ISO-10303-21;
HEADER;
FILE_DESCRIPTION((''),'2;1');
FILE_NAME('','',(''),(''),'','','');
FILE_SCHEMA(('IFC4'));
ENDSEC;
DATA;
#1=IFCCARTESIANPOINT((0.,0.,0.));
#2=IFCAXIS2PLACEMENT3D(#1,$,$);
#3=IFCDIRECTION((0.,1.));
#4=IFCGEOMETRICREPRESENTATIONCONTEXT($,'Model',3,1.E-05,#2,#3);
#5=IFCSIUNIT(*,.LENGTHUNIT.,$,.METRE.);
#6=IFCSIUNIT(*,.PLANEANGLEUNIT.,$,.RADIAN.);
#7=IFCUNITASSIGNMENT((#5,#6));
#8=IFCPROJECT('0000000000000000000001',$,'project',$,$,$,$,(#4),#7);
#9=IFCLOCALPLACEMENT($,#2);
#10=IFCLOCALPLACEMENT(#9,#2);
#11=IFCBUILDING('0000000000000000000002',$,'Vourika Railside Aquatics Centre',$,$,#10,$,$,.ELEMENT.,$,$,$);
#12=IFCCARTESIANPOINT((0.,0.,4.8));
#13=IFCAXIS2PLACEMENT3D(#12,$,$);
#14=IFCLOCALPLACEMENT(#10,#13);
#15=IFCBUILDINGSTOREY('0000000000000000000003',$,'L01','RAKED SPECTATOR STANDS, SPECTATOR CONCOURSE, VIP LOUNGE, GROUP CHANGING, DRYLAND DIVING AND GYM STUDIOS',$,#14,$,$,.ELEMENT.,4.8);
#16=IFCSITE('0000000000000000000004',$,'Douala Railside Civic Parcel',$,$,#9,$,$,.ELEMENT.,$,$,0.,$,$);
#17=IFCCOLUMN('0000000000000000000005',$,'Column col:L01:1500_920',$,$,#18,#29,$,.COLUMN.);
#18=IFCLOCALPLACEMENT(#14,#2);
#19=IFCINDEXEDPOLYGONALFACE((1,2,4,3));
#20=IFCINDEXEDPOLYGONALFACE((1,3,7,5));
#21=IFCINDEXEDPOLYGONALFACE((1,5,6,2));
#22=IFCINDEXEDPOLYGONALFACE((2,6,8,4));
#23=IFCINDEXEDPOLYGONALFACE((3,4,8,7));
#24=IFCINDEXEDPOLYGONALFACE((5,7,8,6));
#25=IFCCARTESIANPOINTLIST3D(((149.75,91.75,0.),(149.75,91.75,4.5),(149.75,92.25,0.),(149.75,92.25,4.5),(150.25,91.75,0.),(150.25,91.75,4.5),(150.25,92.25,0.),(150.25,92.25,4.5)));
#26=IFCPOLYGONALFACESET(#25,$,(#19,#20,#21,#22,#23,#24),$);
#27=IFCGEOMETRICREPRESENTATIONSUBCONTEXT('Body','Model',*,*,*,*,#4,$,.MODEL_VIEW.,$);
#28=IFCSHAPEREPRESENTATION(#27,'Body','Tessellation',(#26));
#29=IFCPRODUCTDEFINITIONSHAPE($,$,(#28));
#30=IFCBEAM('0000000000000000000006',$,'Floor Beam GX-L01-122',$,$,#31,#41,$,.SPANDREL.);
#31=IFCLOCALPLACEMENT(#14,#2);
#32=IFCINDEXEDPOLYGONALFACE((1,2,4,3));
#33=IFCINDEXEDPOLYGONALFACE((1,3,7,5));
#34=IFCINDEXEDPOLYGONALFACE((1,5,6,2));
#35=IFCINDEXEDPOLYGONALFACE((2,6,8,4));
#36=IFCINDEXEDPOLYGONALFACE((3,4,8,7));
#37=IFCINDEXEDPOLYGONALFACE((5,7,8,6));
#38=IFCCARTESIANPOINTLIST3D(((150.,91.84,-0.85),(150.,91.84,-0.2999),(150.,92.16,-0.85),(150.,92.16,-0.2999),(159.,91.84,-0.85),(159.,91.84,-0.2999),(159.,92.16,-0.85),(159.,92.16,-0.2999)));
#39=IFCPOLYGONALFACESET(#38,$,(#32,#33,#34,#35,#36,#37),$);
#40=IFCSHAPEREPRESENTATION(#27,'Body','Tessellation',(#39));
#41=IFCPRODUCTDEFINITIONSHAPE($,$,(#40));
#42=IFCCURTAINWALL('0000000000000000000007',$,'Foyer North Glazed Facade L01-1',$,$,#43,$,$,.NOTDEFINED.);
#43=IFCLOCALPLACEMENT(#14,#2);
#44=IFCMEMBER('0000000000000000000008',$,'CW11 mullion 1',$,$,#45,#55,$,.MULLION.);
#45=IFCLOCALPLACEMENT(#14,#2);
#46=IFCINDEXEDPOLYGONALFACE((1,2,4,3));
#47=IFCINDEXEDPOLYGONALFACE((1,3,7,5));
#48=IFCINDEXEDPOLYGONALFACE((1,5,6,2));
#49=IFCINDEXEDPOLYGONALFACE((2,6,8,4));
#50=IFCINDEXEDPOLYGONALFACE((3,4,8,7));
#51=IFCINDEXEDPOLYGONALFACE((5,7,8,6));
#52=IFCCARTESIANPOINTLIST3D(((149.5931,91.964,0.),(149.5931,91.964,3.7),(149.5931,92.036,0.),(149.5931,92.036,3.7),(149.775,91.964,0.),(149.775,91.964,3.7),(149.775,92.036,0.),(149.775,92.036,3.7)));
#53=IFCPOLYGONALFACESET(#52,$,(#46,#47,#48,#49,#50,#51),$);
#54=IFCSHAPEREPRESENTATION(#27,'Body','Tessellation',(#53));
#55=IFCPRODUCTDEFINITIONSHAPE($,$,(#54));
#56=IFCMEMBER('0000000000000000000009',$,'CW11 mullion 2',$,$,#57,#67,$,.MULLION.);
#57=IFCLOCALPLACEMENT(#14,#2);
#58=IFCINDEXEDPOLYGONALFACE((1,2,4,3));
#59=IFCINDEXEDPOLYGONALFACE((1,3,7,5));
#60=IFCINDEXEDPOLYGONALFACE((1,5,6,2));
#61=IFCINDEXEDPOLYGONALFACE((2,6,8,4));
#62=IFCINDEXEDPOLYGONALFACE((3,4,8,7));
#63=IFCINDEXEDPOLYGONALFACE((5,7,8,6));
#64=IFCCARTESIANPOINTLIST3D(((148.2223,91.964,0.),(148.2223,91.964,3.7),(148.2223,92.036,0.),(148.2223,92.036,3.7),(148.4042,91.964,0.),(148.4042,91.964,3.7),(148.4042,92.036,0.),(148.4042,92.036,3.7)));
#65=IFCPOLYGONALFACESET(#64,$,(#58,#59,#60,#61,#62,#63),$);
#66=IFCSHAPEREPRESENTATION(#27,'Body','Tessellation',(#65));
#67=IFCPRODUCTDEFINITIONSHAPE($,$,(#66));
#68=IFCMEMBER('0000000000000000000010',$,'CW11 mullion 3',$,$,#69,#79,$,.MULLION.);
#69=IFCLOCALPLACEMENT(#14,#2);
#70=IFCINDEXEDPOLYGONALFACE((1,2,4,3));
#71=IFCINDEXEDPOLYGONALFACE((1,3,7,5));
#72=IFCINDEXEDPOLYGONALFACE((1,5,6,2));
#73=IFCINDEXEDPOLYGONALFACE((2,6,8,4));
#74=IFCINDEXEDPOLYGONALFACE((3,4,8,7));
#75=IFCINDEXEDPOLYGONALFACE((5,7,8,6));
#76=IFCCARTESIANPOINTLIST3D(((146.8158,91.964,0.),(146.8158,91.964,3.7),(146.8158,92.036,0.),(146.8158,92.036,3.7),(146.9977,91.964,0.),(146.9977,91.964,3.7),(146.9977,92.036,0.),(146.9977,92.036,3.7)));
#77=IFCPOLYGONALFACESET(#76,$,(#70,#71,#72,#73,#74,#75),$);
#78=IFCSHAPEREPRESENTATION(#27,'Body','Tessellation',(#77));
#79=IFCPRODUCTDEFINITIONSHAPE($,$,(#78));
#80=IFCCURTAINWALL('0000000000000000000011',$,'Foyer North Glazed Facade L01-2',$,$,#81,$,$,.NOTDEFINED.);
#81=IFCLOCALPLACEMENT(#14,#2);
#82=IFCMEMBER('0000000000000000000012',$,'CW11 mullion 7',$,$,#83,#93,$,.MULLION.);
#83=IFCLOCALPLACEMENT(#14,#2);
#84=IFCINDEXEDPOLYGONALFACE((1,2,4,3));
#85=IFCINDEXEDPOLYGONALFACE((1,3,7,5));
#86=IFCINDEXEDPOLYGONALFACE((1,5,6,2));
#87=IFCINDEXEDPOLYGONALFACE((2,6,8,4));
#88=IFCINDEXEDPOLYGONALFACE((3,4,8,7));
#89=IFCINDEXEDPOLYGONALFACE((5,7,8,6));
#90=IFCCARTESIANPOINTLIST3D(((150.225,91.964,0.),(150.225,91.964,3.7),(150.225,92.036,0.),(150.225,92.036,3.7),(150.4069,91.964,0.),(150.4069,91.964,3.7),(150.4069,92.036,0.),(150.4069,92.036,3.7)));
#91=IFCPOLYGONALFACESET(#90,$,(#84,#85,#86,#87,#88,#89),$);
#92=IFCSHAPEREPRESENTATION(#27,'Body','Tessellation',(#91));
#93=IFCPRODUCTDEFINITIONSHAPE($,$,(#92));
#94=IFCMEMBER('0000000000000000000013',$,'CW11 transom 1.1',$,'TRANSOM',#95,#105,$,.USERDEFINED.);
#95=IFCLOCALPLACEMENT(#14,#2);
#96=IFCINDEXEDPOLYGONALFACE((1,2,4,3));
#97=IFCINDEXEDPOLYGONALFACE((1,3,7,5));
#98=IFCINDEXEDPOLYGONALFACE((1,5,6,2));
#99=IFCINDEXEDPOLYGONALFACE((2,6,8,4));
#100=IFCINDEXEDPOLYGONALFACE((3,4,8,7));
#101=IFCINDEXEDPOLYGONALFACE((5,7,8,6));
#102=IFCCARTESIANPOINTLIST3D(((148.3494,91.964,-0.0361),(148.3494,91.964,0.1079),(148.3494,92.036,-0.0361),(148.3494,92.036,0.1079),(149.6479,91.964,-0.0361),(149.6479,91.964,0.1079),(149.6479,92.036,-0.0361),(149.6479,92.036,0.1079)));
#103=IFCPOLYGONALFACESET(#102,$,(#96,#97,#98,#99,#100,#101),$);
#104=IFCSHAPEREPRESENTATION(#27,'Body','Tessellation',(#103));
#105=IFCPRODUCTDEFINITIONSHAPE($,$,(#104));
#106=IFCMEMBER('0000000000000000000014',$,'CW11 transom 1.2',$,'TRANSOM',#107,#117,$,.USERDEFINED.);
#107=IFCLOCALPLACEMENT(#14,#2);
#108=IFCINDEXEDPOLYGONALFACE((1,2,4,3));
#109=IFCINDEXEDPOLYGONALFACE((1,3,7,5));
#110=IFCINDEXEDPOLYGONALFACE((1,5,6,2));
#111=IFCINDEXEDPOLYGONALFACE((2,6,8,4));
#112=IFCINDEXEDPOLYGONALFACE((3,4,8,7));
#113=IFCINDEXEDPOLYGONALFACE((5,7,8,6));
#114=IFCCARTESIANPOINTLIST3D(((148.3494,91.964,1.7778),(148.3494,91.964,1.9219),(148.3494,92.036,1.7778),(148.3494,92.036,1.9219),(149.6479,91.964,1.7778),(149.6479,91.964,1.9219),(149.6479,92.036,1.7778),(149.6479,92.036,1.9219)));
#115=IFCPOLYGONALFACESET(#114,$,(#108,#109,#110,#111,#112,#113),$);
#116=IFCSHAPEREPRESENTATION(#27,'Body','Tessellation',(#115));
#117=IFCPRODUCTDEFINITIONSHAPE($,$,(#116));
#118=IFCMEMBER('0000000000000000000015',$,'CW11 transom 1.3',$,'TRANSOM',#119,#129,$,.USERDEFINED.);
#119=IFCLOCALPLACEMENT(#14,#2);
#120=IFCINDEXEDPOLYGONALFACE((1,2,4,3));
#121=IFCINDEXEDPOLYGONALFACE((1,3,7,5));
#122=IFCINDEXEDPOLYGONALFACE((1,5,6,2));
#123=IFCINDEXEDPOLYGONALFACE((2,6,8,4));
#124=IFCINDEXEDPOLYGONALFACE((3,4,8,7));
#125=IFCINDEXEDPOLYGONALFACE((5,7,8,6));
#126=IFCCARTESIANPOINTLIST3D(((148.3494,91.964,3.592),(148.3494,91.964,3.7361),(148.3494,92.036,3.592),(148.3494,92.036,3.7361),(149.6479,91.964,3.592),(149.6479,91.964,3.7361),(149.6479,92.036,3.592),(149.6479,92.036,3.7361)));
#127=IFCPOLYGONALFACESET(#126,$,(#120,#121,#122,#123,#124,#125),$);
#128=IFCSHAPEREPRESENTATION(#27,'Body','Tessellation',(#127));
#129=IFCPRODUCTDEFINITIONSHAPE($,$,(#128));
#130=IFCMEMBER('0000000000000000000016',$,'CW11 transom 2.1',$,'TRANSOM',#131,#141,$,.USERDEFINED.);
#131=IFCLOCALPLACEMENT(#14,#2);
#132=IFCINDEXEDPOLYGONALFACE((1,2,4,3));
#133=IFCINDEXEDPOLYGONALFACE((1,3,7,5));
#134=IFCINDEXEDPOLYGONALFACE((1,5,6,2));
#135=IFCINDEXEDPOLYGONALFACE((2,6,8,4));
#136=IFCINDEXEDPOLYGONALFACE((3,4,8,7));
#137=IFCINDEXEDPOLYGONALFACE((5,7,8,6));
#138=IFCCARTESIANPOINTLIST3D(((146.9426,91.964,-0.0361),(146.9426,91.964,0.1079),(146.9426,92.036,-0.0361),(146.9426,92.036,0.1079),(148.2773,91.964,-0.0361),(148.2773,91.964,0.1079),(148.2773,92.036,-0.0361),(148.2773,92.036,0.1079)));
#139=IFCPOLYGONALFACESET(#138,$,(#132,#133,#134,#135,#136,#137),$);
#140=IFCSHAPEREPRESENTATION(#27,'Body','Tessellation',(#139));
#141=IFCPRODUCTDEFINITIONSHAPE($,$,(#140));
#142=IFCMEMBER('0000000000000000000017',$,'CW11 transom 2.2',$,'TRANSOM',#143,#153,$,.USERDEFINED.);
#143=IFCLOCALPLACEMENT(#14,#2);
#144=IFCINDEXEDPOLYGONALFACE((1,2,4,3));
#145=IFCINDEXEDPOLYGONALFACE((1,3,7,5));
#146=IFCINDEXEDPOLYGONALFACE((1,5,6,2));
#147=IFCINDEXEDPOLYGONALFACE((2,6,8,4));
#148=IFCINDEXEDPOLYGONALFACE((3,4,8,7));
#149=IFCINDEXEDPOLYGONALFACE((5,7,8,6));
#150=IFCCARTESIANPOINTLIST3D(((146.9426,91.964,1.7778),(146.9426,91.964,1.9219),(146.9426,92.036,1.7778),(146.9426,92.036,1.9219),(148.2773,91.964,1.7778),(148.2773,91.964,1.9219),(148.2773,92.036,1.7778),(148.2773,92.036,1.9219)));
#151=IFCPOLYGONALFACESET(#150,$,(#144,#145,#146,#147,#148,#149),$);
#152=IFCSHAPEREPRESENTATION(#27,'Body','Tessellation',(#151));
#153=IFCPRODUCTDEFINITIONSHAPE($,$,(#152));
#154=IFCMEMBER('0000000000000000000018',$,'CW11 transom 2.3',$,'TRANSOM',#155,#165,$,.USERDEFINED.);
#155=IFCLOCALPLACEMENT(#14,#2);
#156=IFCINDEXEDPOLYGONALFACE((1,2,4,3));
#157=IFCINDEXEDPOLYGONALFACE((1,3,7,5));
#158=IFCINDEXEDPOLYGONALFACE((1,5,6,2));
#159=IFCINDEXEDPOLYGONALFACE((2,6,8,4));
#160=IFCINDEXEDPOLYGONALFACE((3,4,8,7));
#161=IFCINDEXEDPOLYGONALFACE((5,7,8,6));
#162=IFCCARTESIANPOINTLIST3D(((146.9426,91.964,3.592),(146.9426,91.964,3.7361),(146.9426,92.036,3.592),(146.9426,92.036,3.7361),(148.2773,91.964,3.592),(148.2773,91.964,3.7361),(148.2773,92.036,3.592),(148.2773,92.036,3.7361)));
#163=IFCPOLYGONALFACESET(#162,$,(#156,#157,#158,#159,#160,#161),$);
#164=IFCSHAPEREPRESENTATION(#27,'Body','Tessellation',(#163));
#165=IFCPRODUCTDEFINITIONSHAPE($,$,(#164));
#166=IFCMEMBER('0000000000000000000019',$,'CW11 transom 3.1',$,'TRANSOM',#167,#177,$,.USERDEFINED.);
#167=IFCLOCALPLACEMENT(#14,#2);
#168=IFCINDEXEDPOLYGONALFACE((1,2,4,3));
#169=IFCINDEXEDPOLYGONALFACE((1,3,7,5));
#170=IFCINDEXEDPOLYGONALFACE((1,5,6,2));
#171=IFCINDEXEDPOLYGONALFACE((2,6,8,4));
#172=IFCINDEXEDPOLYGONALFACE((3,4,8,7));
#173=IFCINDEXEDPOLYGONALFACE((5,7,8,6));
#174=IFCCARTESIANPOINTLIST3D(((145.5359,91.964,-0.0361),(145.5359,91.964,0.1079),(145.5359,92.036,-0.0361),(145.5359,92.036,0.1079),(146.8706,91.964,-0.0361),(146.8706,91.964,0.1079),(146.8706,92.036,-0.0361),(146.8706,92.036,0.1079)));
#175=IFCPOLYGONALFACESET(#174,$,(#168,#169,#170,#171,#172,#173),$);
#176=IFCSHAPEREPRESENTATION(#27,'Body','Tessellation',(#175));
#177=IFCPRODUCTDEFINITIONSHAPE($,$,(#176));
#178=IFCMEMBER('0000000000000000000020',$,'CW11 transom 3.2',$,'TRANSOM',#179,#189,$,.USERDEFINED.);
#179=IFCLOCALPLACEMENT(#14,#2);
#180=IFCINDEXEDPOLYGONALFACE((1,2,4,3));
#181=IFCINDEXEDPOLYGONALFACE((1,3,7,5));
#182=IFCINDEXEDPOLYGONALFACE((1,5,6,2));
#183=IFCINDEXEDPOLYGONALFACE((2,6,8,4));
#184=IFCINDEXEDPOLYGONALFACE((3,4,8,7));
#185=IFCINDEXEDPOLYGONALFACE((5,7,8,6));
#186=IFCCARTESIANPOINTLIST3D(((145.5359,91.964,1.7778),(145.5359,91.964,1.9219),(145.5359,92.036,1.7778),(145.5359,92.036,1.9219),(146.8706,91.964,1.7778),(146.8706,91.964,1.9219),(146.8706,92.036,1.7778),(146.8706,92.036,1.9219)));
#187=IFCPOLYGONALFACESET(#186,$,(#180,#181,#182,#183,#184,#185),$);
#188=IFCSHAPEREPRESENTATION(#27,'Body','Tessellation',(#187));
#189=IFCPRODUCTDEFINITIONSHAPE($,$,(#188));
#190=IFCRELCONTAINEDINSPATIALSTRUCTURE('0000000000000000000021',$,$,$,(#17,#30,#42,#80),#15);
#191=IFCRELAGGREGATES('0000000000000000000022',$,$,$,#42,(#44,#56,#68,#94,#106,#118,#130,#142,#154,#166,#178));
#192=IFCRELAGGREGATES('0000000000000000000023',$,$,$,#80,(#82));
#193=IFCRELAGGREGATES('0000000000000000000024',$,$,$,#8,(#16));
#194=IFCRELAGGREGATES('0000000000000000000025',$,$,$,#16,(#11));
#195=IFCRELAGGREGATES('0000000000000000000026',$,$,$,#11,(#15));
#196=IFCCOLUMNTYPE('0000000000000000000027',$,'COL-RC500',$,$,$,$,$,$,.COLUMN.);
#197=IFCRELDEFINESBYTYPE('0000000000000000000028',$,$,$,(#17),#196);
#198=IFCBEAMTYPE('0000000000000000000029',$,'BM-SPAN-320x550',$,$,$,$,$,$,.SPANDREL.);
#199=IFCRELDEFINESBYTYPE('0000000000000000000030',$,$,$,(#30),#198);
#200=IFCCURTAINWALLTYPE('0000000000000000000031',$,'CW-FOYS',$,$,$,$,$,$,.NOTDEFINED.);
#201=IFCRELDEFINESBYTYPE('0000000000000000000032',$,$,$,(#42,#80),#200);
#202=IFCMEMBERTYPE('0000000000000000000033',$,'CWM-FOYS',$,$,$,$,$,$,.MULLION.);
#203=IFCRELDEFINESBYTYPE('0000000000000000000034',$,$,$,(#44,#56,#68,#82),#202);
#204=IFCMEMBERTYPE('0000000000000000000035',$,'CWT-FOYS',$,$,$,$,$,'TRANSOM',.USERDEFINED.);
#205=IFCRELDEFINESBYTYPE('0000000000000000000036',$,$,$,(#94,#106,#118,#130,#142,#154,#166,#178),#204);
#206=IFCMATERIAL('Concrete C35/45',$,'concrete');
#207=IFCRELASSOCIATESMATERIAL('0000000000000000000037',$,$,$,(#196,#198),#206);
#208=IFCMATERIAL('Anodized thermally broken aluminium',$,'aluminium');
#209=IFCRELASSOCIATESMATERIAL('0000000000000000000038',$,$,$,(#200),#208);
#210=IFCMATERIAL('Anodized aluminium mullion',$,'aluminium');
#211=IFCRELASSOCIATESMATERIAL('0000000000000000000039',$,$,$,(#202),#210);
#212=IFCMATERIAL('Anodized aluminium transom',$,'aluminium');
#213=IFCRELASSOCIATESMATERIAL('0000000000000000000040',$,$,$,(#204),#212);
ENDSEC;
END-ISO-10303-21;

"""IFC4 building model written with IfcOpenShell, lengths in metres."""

from ifc_helpers import new_model, si_unit, direction, frame, origin, origin_2d, place, context, subcontext, project, spatial, rectangle, extrude, material, material_profile, profile_set, type_object, element, aggregate, save


model = new_model("IFC4")

# Units and contexts
model_context = context("Model", 3, precision=1e-05, world=origin(), true_north=direction((0.0, 1.0)))
body_context = subcontext(model_context, "Body", "Model", "MODEL_VIEW")
ifc_project = project(units=[si_unit("LENGTHUNIT", "METRE"), si_unit("PLANEANGLEUNIT", "RADIAN")], contexts=[model_context])

# Site, building, storey
site_placement = place(None, origin())
site = spatial("IfcSite", under=ifc_project, at=site_placement, Name="Douala Railside Civic Parcel", CompositionType="ELEMENT", RefElevation=0.0)
building_placement = place(site_placement, origin())
building = spatial("IfcBuilding", under=site, at=building_placement, Name="Vourika Railside Aquatics Centre", CompositionType="ELEMENT")
storey_placement = place(building_placement, frame((0.0, 0.0, 4.8)))
storey = spatial("IfcBuildingStorey", under=building, at=storey_placement, Name="L01", Description="RAKED SPECTATOR STANDS, SPECTATOR CONCOURSE, VIP LOUNGE, GROUP CHANGING, DRYLAND DIVING AND GYM STUDIOS", CompositionType="ELEMENT", Elevation=4.8)

# Column
ifc_material_1 = material(Name="Concrete C35/45", Category="concrete")
ifc_material_profile_1 = material_profile(ifc_material_1, rectangle(XDim=0.5, YDim=0.5, at=origin_2d()), Name="RC 500x500")
ifc_profile_set_1 = profile_set([ifc_material_profile_1], Name="Concrete C35/45")
column_type = type_object("IfcColumnType", Name="COL-RC500", PredefinedType="COLUMN", material=ifc_profile_set_1)
column_placement = place(storey_placement, frame((150.0, 92.0, 0.0), z_axis=(0.0, 0.0, 1.0), x_axis=(1.0, 0.0, 0.0)))
element("IfcColumn", 1, at=column_placement, inside=storey, type_object=column_type, Name="Column col:L01:1500_920", PredefinedType="COLUMN", context=body_context, shape_type="SweptSolid", body=[
    extrude(rectangle(XDim=0.5, YDim=0.5, at=origin_2d()), origin(), (0.0, 0.0, 1.0), 4.5),
])

# Beam
ifc_material_profile_2 = material_profile(ifc_material_1, rectangle(XDim=0.3201, YDim=0.55, at=origin_2d()), Name="RC 320x550")
ifc_profile_set_2 = profile_set([ifc_material_profile_2], Name="Concrete C35/45")
beam_type = type_object("IfcBeamType", Name="BM-SPAN-320x550", PredefinedType="SPANDREL", material=ifc_profile_set_2)
beam_placement = place(storey_placement, frame((150.0, 92.0, -0.575), z_axis=(1.0, 0.0, 0.0), x_axis=(0.0, 1.0, 0.0)))
element("IfcBeam", 2, at=beam_placement, inside=storey, type_object=beam_type, Name="Floor Beam GX-L01-122", PredefinedType="SPANDREL", context=body_context, shape_type="SweptSolid", body=[
    extrude(rectangle(XDim=0.3201, YDim=0.55, at=origin_2d()), origin(), (0.0, 0.0, 1.0), 9.0),
])

# Curtain wall, members
ifc_material_2 = material(Name="Anodized thermally broken aluminium", Category="aluminium")
curtain_wall_type = type_object("IfcCurtainWallType", Name="CW-FOYS", PredefinedType="NOTDEFINED", material=ifc_material_2)
curtain_wall_1_placement = place(storey_placement, origin())
curtain_wall_1 = element("IfcCurtainWall", 3, at=curtain_wall_1_placement, inside=storey, type_object=curtain_wall_type, Name="Foyer North Glazed Facade L01-1", PredefinedType="NOTDEFINED")
ifc_material_3 = material(Name="Anodized aluminium mullion", Category="aluminium")
ifc_material_profile_3 = material_profile(ifc_material_3, rectangle(XDim=0.072, YDim=0.1819, at=origin_2d()), Name="ALU-M 72x182")
ifc_profile_set_3 = profile_set([ifc_material_profile_3], Name="Anodized aluminium mullion")
member_type_1 = type_object("IfcMemberType", Name="CWM-FOYS", PredefinedType="MULLION", material=ifc_profile_set_3)
member_1_placement = place(storey_placement, frame((149.6841, 92.0, 0.0), z_axis=(0.0, 0.0, 1.0), x_axis=(0.0, -1.0, 0.0)))
member_1 = element("IfcMember", 4, at=member_1_placement, type_object=member_type_1, Name="CW11 mullion 1", PredefinedType="MULLION", context=body_context, shape_type="SweptSolid", body=[
    extrude(rectangle(XDim=0.072, YDim=0.1819, at=origin_2d()), origin(), (0.0, 0.0, 1.0), 3.7),
])
member_2_placement = place(storey_placement, frame((148.3132, 92.0, 0.0), z_axis=(0.0, 0.0, 1.0), x_axis=(0.0, -1.0, 0.0)))
member_2 = element("IfcMember", 5, at=member_2_placement, type_object=member_type_1, Name="CW11 mullion 2", PredefinedType="MULLION", context=body_context, shape_type="SweptSolid", body=[
    extrude(rectangle(XDim=0.072, YDim=0.1819, at=origin_2d()), origin(), (0.0, 0.0, 1.0), 3.7),
])
member_3_placement = place(storey_placement, frame((146.9067, 92.0, 0.0), z_axis=(0.0, 0.0, 1.0), x_axis=(0.0, -1.0, 0.0)))
member_3 = element("IfcMember", 6, at=member_3_placement, type_object=member_type_1, Name="CW11 mullion 3", PredefinedType="MULLION", context=body_context, shape_type="SweptSolid", body=[
    extrude(rectangle(XDim=0.072, YDim=0.1819, at=origin_2d()), origin(), (0.0, 0.0, 1.0), 3.7),
])

# Curtain wall, member
curtain_wall_2_placement = place(storey_placement, origin())
curtain_wall_2 = element("IfcCurtainWall", 7, at=curtain_wall_2_placement, inside=storey, type_object=curtain_wall_type, Name="Foyer North Glazed Facade L01-2", PredefinedType="NOTDEFINED")
member_4_placement = place(storey_placement, frame((150.3159, 92.0, 0.0), z_axis=(0.0, 0.0, 1.0), x_axis=(0.0, -1.0, 0.0)))
member_4 = element("IfcMember", 8, at=member_4_placement, type_object=member_type_1, Name="CW11 mullion 7", PredefinedType="MULLION", context=body_context, shape_type="SweptSolid", body=[
    extrude(rectangle(XDim=0.072, YDim=0.1819, at=origin_2d()), origin(), (0.0, 0.0, 1.0), 3.7),
])

# Members
ifc_material_4 = material(Name="Anodized aluminium transom", Category="aluminium")
ifc_material_profile_4 = material_profile(ifc_material_4, rectangle(XDim=0.072, YDim=0.144, at=origin_2d()), Name="ALU-T 72x144")
ifc_profile_set_4 = profile_set([ifc_material_profile_4], Name="Anodized aluminium transom")
member_type_2 = type_object("IfcMemberType", Name="CWT-FOYS", ElementType="TRANSOM", PredefinedType="USERDEFINED", material=ifc_profile_set_4)
member_5_placement = place(storey_placement, frame((149.6479, 92.0, 0.0359), z_axis=(-1.0, 0.0, 0.0), x_axis=(0.0, -1.0, 0.0)))
member_5 = element("IfcMember", 9, at=member_5_placement, type_object=member_type_2, Name="CW11 transom 1.1", ObjectType="TRANSOM", PredefinedType="USERDEFINED", context=body_context, shape_type="SweptSolid", body=[
    extrude(rectangle(XDim=0.072, YDim=0.144, at=origin_2d()), origin(), (0.0, 0.0, 1.0), 1.2986),
])
member_6_placement = place(storey_placement, frame((149.6479, 92.0, 1.8499), z_axis=(-1.0, 0.0, 0.0), x_axis=(0.0, -1.0, 0.0)))
member_6 = element("IfcMember", 10, at=member_6_placement, type_object=member_type_2, Name="CW11 transom 1.2", ObjectType="TRANSOM", PredefinedType="USERDEFINED", context=body_context, shape_type="SweptSolid", body=[
    extrude(rectangle(XDim=0.072, YDim=0.144, at=origin_2d()), origin(), (0.0, 0.0, 1.0), 1.2986),
])
member_7_placement = place(storey_placement, frame((149.6479, 92.0, 3.6641), z_axis=(-1.0, 0.0, 0.0), x_axis=(0.0, -1.0, 0.0)))
member_7 = element("IfcMember", 11, at=member_7_placement, type_object=member_type_2, Name="CW11 transom 1.3", ObjectType="TRANSOM", PredefinedType="USERDEFINED", context=body_context, shape_type="SweptSolid", body=[
    extrude(rectangle(XDim=0.072, YDim=0.144, at=origin_2d()), origin(), (0.0, 0.0, 1.0), 1.2986),
])
member_8_placement = place(storey_placement, frame((148.2773, 92.0, 0.0359), z_axis=(-1.0, 0.0, 0.0), x_axis=(0.0, -1.0, 0.0)))
member_8 = element("IfcMember", 12, at=member_8_placement, type_object=member_type_2, Name="CW11 transom 2.1", ObjectType="TRANSOM", PredefinedType="USERDEFINED", context=body_context, shape_type="SweptSolid", body=[
    extrude(rectangle(XDim=0.072, YDim=0.144, at=origin_2d()), origin(), (0.0, 0.0, 1.0), 1.3347),
])
member_9_placement = place(storey_placement, frame((148.2773, 92.0, 1.8499), z_axis=(-1.0, 0.0, 0.0), x_axis=(0.0, -1.0, 0.0)))
member_9 = element("IfcMember", 13, at=member_9_placement, type_object=member_type_2, Name="CW11 transom 2.2", ObjectType="TRANSOM", PredefinedType="USERDEFINED", context=body_context, shape_type="SweptSolid", body=[
    extrude(rectangle(XDim=0.072, YDim=0.144, at=origin_2d()), origin(), (0.0, 0.0, 1.0), 1.3347),
])
member_10_placement = place(storey_placement, frame((148.2773, 92.0, 3.6641), z_axis=(-1.0, 0.0, 0.0), x_axis=(0.0, -1.0, 0.0)))
member_10 = element("IfcMember", 14, at=member_10_placement, type_object=member_type_2, Name="CW11 transom 2.3", ObjectType="TRANSOM", PredefinedType="USERDEFINED", context=body_context, shape_type="SweptSolid", body=[
    extrude(rectangle(XDim=0.072, YDim=0.144, at=origin_2d()), origin(), (0.0, 0.0, 1.0), 1.3347),
])
member_11_placement = place(storey_placement, frame((146.8706, 92.0, 0.0359), z_axis=(-1.0, 0.0, 0.0), x_axis=(0.0, -1.0, 0.0)))
member_11 = element("IfcMember", 15, at=member_11_placement, type_object=member_type_2, Name="CW11 transom 3.1", ObjectType="TRANSOM", PredefinedType="USERDEFINED", context=body_context, shape_type="SweptSolid", body=[
    extrude(rectangle(XDim=0.072, YDim=0.144, at=origin_2d()), origin(), (0.0, 0.0, 1.0), 1.3347),
])
member_12_placement = place(storey_placement, frame((146.8706, 92.0, 1.8499), z_axis=(-1.0, 0.0, 0.0), x_axis=(0.0, -1.0, 0.0)))
member_12 = element("IfcMember", 16, at=member_12_placement, type_object=member_type_2, Name="CW11 transom 3.2", ObjectType="TRANSOM", PredefinedType="USERDEFINED", context=body_context, shape_type="SweptSolid", body=[
    extrude(rectangle(XDim=0.072, YDim=0.144, at=origin_2d()), origin(), (0.0, 0.0, 1.0), 1.3347),
])

aggregate(curtain_wall_1, [member_1, member_2, member_3, member_5, member_6, member_7, member_8, member_9, member_10, member_11, member_12])
aggregate(curtain_wall_2, [member_4])

save(model, "model.ifc")
